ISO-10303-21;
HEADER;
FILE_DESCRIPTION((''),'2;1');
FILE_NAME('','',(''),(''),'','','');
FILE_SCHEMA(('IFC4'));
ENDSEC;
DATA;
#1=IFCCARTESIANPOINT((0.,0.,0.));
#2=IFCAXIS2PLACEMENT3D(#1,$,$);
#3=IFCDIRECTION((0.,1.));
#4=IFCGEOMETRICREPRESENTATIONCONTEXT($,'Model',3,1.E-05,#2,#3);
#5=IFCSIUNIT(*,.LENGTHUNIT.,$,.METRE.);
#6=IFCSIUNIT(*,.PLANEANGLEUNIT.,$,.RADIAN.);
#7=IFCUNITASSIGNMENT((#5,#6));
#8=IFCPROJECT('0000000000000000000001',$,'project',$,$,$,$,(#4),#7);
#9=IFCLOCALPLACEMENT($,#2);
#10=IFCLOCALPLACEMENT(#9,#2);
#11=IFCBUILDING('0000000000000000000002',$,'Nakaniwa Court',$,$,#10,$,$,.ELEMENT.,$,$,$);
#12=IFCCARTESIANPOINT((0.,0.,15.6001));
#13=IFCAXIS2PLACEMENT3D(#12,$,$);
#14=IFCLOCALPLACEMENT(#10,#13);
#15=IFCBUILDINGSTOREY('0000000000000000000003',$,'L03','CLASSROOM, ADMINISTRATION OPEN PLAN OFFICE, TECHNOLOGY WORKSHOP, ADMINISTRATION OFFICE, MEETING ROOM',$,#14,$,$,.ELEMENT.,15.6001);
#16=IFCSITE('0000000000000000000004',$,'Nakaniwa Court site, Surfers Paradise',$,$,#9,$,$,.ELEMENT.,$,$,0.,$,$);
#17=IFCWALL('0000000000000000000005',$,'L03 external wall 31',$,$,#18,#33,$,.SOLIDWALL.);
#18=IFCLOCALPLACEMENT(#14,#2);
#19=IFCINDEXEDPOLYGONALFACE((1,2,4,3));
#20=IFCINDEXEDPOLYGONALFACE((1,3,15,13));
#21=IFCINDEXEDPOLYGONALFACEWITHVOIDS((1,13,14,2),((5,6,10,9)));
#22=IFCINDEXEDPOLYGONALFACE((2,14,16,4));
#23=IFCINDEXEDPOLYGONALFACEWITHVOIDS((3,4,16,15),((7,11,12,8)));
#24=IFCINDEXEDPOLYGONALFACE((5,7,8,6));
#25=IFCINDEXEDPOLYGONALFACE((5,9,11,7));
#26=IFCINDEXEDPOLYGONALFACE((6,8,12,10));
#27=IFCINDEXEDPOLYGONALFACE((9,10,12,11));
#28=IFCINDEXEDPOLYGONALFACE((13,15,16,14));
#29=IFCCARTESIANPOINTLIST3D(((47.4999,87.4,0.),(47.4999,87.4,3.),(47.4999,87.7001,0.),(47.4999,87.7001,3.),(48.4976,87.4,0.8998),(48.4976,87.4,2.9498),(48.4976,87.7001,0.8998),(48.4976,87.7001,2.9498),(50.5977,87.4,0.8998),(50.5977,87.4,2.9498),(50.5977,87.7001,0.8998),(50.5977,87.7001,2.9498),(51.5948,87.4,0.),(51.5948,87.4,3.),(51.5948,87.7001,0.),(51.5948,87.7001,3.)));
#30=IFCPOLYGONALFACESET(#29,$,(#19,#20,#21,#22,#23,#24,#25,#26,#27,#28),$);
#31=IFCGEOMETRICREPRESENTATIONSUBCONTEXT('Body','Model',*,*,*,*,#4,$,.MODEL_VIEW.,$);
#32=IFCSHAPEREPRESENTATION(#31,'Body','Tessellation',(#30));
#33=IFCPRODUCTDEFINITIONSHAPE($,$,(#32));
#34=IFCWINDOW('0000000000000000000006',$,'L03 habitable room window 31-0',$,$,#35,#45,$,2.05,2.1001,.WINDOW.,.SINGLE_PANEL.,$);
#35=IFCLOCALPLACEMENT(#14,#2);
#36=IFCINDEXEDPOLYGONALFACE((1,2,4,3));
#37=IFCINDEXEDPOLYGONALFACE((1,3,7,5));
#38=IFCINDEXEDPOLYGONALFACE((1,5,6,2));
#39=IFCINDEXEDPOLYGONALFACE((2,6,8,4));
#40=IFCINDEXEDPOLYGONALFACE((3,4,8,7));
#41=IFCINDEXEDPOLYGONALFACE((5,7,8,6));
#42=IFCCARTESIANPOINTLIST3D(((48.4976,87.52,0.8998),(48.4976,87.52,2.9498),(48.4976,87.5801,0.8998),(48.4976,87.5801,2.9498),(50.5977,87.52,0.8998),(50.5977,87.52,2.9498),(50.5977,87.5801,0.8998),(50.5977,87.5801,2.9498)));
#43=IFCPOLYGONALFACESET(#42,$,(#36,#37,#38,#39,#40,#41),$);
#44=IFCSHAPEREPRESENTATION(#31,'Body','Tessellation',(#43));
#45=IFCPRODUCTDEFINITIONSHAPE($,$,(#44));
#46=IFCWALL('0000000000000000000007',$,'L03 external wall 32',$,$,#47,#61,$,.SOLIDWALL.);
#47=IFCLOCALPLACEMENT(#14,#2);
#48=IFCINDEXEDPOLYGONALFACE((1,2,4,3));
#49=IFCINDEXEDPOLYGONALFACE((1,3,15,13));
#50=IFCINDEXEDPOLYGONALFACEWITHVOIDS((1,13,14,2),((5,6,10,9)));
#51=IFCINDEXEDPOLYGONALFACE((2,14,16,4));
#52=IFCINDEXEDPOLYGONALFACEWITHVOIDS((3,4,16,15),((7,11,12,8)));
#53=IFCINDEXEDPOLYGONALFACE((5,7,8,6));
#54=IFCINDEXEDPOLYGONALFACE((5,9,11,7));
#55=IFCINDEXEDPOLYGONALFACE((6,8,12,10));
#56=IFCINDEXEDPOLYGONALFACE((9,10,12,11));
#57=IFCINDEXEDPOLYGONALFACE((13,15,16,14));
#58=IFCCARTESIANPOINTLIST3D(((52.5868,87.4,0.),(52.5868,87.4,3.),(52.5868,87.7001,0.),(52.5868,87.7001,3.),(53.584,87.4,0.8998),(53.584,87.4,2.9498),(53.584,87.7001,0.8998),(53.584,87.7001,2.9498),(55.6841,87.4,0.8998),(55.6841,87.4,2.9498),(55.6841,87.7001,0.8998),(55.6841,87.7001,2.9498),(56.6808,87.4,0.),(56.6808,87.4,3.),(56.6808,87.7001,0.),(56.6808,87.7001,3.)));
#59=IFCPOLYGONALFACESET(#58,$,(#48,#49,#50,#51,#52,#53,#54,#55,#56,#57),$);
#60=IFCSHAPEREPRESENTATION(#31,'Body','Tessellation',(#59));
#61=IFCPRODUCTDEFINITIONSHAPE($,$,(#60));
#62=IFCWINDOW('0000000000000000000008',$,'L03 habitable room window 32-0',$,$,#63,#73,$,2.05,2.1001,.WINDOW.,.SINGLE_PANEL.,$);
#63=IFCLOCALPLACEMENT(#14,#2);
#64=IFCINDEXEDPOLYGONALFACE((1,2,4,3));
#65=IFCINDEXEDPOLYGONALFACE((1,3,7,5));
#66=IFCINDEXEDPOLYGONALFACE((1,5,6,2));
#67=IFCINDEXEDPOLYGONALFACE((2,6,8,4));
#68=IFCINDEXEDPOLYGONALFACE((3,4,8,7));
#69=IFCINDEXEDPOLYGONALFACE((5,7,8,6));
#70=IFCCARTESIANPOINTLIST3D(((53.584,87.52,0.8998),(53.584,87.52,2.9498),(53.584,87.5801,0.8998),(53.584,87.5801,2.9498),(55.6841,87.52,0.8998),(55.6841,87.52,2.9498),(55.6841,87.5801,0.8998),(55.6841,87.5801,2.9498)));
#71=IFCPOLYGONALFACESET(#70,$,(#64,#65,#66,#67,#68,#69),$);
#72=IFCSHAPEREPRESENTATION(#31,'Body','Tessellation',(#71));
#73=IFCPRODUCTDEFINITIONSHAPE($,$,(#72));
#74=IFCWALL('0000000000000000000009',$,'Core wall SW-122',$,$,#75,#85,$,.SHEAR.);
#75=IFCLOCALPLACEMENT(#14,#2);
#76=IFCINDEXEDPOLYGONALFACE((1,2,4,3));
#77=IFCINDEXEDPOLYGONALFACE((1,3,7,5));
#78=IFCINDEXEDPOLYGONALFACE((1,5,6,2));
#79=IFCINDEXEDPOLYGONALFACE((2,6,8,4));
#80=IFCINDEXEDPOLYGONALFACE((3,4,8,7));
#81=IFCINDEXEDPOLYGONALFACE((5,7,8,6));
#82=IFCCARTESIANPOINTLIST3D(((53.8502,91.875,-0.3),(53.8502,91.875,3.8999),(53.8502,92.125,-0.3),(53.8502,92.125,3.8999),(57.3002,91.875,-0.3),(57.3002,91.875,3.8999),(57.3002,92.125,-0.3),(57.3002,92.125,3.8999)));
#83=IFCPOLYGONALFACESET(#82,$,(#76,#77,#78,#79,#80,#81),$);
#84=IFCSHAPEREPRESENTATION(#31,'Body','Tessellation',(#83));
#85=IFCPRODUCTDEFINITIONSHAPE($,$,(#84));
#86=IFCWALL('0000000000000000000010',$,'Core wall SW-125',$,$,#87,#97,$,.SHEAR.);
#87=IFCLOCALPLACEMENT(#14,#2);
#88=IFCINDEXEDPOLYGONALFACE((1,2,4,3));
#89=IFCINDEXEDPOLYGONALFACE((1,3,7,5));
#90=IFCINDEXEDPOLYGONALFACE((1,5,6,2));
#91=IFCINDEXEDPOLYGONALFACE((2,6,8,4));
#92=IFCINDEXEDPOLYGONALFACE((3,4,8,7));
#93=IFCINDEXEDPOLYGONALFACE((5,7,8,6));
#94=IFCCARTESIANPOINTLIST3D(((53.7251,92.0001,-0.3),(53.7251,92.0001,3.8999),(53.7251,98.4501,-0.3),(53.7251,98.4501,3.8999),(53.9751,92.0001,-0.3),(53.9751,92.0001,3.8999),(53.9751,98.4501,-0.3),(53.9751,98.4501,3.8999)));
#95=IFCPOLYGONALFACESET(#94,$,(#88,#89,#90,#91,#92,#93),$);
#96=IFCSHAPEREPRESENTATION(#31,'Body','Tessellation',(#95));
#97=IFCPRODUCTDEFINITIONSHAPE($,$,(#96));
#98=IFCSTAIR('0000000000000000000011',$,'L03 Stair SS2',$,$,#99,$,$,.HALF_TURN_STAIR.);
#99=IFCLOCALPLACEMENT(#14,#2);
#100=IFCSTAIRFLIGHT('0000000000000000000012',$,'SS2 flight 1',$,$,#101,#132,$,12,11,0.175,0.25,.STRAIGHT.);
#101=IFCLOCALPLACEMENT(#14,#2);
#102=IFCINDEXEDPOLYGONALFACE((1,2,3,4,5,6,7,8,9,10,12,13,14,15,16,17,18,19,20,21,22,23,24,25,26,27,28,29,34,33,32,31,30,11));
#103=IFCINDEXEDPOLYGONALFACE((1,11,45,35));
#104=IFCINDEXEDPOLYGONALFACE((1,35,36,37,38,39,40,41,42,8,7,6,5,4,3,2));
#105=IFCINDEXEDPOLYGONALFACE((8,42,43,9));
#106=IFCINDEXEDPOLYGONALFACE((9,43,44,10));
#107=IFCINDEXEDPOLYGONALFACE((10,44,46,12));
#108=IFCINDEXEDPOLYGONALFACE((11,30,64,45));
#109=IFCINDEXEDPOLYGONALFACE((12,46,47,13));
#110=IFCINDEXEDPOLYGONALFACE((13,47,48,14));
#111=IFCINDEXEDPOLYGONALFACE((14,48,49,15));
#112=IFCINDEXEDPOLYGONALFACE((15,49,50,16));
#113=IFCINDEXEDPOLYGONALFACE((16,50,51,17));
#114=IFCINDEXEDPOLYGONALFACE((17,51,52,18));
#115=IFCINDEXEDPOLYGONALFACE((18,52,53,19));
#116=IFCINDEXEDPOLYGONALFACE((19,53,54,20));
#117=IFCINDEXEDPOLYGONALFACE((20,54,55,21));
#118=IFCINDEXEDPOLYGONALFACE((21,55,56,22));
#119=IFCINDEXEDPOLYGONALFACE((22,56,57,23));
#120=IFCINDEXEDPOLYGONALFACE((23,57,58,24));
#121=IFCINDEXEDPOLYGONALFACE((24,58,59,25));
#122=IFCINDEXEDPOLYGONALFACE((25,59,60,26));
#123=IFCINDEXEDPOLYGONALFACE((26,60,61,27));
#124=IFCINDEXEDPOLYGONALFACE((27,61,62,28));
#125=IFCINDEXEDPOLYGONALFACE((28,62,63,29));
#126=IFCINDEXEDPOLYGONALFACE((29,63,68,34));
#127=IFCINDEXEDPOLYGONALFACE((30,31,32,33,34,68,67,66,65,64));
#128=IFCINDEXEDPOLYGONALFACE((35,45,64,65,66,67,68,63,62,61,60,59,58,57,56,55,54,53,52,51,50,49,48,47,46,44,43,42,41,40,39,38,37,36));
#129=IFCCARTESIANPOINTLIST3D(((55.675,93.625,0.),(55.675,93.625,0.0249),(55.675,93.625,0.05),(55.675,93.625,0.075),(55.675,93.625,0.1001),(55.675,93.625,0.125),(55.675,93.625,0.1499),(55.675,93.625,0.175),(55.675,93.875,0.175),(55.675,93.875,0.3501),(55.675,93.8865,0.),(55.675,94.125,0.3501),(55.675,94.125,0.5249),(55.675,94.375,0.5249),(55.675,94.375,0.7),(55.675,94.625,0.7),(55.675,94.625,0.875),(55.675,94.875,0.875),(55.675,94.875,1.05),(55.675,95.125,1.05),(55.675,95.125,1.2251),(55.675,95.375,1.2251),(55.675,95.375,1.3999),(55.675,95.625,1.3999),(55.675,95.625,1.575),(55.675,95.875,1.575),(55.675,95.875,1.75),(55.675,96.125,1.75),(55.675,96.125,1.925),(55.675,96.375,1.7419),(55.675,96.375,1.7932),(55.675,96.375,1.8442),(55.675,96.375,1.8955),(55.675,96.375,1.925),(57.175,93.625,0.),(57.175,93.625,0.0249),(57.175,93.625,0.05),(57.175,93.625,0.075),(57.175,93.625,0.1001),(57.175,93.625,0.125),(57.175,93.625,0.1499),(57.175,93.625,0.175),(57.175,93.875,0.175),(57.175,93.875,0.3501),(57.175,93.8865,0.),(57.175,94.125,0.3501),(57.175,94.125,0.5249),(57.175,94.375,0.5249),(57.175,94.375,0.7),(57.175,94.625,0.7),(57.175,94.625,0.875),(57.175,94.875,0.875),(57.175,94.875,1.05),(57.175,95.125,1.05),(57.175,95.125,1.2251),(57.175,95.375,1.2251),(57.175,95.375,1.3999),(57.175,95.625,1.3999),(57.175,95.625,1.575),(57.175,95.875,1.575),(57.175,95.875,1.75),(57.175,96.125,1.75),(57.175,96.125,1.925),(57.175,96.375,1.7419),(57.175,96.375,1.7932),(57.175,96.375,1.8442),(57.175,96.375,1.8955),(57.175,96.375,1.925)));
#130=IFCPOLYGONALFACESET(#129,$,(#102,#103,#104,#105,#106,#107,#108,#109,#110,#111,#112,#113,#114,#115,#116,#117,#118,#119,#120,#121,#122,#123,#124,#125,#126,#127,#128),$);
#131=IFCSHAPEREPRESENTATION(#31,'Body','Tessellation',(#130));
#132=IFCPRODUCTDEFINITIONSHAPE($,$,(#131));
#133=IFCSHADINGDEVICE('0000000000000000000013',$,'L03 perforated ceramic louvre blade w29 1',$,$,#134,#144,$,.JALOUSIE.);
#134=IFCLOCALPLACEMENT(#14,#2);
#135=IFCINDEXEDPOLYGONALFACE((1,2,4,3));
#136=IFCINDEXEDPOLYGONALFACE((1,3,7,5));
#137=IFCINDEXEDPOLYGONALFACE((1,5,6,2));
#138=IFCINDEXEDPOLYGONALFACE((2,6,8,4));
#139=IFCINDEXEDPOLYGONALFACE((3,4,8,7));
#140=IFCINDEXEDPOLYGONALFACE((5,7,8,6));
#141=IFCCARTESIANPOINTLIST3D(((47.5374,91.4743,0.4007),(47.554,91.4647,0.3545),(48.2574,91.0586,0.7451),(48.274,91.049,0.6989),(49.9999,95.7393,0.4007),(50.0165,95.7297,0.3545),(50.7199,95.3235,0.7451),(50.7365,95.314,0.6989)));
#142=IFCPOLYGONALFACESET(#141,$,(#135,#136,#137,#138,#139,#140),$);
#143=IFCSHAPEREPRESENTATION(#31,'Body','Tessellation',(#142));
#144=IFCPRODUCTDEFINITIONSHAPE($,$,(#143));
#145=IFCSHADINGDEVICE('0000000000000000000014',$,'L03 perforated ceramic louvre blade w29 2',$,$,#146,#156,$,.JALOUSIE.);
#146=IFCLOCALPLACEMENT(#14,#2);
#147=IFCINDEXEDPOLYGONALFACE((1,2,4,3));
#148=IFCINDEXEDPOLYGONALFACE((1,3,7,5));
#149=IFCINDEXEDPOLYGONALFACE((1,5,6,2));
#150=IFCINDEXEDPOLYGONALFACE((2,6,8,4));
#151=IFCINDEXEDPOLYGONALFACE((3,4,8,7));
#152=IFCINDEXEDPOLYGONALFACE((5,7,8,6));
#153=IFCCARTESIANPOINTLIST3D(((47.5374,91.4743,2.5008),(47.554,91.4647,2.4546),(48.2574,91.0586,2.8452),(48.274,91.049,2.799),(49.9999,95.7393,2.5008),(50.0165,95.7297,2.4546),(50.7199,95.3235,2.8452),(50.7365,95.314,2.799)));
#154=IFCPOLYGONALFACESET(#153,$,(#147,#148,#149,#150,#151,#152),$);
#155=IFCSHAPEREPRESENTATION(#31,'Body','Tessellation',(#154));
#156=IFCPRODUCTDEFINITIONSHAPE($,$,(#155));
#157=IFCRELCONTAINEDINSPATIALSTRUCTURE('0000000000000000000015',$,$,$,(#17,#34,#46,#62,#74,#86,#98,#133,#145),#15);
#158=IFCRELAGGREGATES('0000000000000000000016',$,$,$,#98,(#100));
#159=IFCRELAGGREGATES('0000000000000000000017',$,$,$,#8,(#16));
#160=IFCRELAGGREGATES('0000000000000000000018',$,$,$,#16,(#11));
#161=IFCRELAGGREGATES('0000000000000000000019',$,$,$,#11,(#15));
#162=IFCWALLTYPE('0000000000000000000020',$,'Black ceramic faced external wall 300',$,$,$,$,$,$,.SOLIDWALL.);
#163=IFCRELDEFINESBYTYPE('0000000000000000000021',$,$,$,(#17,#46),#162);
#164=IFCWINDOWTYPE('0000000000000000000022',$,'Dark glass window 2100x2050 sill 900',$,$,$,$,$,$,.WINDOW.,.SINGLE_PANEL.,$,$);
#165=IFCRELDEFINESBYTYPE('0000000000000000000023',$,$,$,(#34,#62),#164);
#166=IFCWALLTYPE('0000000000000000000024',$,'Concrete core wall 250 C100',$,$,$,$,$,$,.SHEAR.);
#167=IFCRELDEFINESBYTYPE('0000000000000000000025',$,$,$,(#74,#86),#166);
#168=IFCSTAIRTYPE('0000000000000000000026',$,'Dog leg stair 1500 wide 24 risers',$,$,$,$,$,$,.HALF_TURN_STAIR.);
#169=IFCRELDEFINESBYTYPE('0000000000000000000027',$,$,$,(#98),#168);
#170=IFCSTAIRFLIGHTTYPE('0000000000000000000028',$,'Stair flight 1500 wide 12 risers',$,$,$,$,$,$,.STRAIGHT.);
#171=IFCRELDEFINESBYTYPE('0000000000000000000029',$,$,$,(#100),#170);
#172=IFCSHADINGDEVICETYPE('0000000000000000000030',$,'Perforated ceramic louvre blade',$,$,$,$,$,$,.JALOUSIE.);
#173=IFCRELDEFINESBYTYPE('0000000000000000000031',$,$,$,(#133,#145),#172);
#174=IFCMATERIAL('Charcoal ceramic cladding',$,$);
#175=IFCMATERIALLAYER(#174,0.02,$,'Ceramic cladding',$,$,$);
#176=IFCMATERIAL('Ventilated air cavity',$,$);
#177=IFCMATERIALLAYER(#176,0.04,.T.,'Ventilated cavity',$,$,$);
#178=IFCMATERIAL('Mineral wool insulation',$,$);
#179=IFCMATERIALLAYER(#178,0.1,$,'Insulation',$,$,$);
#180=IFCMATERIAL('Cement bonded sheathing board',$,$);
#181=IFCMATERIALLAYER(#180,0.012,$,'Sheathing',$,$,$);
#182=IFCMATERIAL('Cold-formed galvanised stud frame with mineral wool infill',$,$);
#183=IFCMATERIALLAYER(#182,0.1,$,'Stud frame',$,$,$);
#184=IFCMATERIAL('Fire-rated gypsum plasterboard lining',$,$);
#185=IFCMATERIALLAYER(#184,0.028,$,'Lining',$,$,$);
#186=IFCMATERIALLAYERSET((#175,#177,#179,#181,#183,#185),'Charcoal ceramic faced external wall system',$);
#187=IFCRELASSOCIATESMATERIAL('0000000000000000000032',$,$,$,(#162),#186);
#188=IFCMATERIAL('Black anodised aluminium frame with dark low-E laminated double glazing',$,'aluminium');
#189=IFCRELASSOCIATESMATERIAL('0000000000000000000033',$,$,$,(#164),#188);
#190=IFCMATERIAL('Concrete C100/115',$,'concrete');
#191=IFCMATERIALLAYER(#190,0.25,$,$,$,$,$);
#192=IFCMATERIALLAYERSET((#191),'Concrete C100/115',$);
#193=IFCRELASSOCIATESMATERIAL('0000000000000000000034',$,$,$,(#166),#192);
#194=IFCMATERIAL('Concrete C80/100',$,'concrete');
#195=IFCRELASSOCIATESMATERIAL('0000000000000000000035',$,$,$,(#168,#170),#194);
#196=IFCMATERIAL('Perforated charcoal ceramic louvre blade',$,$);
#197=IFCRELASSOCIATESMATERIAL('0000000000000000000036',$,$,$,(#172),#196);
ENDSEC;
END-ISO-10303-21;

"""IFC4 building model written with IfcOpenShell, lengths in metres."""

from ifc_helpers import new_model, si_unit, direction, frame, frame_2d, origin, origin_2d, place, context, subcontext, project, spatial, polyline, rectangle, outline, extrude, material, layer, layer_set, material_profile, profile_set, type_object, element, fill, aggregate, save


model = new_model("IFC4")

# Units and contexts
model_context = context("Model", 3, precision=1e-05, world=origin(), true_north=direction((0.0, 1.0)))
body_context = subcontext(model_context, "Body", "Model", "MODEL_VIEW")
ifc_project = project(units=[si_unit("LENGTHUNIT", "METRE"), si_unit("PLANEANGLEUNIT", "RADIAN")], contexts=[model_context])

# Site, building, storey
site_placement = place(None, origin())
site = spatial("IfcSite", under=ifc_project, at=site_placement, Name="Nakaniwa Court site, Surfers Paradise", CompositionType="ELEMENT", RefElevation=0.0)
building_placement = place(site_placement, origin())
building = spatial("IfcBuilding", under=site, at=building_placement, Name="Nakaniwa Court", CompositionType="ELEMENT")
storey_placement = place(building_placement, frame((0.0, 0.0, 15.6001)))
storey = spatial("IfcBuildingStorey", under=building, at=storey_placement, Name="L03", Description="CLASSROOM, ADMINISTRATION OPEN PLAN OFFICE, TECHNOLOGY WORKSHOP, ADMINISTRATION OFFICE, MEETING ROOM", CompositionType="ELEMENT", Elevation=15.6001)

# Shared definitions
ifc_material_1 = material(Name="Concrete C100/115", Category="concrete")

# Walls, openings, windows
ifc_material_2 = material(Name="Charcoal ceramic cladding")
ifc_layer_1 = layer(ifc_material_2, 0.02, Name="Ceramic cladding")
ifc_material_3 = material(Name="Ventilated air cavity")
ifc_layer_2 = layer(ifc_material_3, 0.04, ventilated=True, Name="Ventilated cavity")
ifc_material_4 = material(Name="Mineral wool insulation")
ifc_layer_3 = layer(ifc_material_4, 0.1, Name="Insulation")
ifc_material_5 = material(Name="Cement bonded sheathing board")
ifc_layer_4 = layer(ifc_material_5, 0.012, Name="Sheathing")
ifc_material_6 = material(Name="Cold-formed galvanised stud frame with mineral wool infill")
ifc_layer_5 = layer(ifc_material_6, 0.1, Name="Stud frame")
ifc_material_7 = material(Name="Fire-rated gypsum plasterboard lining")
ifc_layer_6 = layer(ifc_material_7, 0.028, Name="Lining")
ifc_layer_set_1 = layer_set([ifc_layer_1, ifc_layer_2, ifc_layer_3, ifc_layer_4, ifc_layer_5, ifc_layer_6], Name="Charcoal ceramic faced external wall system")
wall_type_1 = type_object("IfcWallType", Name="Black ceramic faced external wall 300", PredefinedType="SOLIDWALL", material=ifc_layer_set_1)
ifc_material_8 = material(Name="Black anodised aluminium frame with dark low-E laminated double glazing", Category="aluminium")
window_type_1 = type_object("IfcWindowType", Name="Dark glass window 2100x2050 sill 900", PartitioningType="SINGLE_PANEL", PredefinedType="WINDOW", material=ifc_material_8)
wall_1_placement = place(storey_placement, frame((47.5, 87.55, 0.0), z_axis=(0.0, 0.0, 1.0), x_axis=(1.0, 0.0, 0.0)))
wall_1 = element("IfcWall", 1, at=wall_1_placement, inside=storey, type_object=wall_type_1, Name="L03 external wall 31", PredefinedType="SOLIDWALL", context=body_context, shape_type="SweptSolid", body=[
    extrude(rectangle(XDim=4.095, YDim=0.3, at=frame_2d((2.0474, 0.0))), origin(), (0.0, 0.0, 1.0), 3.0),
])
opening_1_placement = place(wall_1_placement, frame((0.9976, 0.0, 0.8999)))
opening_1 = element("IfcOpeningElement", 2, at=opening_1_placement, cuts=wall_1, PredefinedType="OPENING", context=body_context, shape_type="SweptSolid", body=[
    extrude(rectangle(XDim=2.1001, YDim=2.05, at=frame_2d((1.05, 1.0249))), frame((0.0, 0.1599, 0.0), z_axis=(0.0, -1.0, 0.0), x_axis=(1.0, 0.0, 0.0)), (0.0, 0.0, 1.0), 0.3201),
])
window_1_placement = place(opening_1_placement, origin())
window_1 = element("IfcWindow", 3, at=window_1_placement, inside=storey, type_object=window_type_1, Name="L03 habitable room window 31-0", OverallHeight=2.05, OverallWidth=2.1001, PartitioningType="SINGLE_PANEL", PredefinedType="WINDOW", context=body_context, shape_type="SweptSolid", body=[
    extrude(rectangle(XDim=2.1001, YDim=2.05, at=frame_2d((1.05, 1.0249))), frame((0.0, 0.03, 0.0), z_axis=(0.0, -1.0, 0.0), x_axis=(1.0, 0.0, 0.0)), (0.0, 0.0, 1.0), 0.0601),
])
fill(opening_1, window_1)
wall_2_placement = place(storey_placement, frame((52.5869, 87.55, 0.0), z_axis=(0.0, 0.0, 1.0), x_axis=(1.0, 0.0, 0.0)))
wall_2 = element("IfcWall", 4, at=wall_2_placement, inside=storey, type_object=wall_type_1, Name="L03 external wall 32", PredefinedType="SOLIDWALL", context=body_context, shape_type="SweptSolid", body=[
    extrude(rectangle(XDim=4.094, YDim=0.3, at=frame_2d((2.0469, 0.0))), origin(), (0.0, 0.0, 1.0), 3.0),
])
opening_2_placement = place(wall_2_placement, frame((0.9971, 0.0, 0.8999)))
opening_2 = element("IfcOpeningElement", 5, at=opening_2_placement, cuts=wall_2, PredefinedType="OPENING", context=body_context, shape_type="SweptSolid", body=[
    extrude(rectangle(XDim=2.1001, YDim=2.05, at=frame_2d((1.05, 1.0249))), frame((0.0, 0.1599, 0.0), z_axis=(0.0, -1.0, 0.0), x_axis=(1.0, 0.0, 0.0)), (0.0, 0.0, 1.0), 0.3201),
])
window_2_placement = place(opening_2_placement, origin())
window_2 = element("IfcWindow", 6, at=window_2_placement, inside=storey, type_object=window_type_1, Name="L03 habitable room window 32-0", OverallHeight=2.05, OverallWidth=2.1001, PartitioningType="SINGLE_PANEL", PredefinedType="WINDOW", context=body_context, shape_type="SweptSolid", body=[
    extrude(rectangle(XDim=2.1001, YDim=2.05, at=frame_2d((1.05, 1.0249))), frame((0.0, 0.03, 0.0), z_axis=(0.0, -1.0, 0.0), x_axis=(1.0, 0.0, 0.0)), (0.0, 0.0, 1.0), 0.0601),
])
fill(opening_2, window_2)

# Walls
ifc_layer_7 = layer(ifc_material_1, 0.25)
ifc_layer_set_2 = layer_set([ifc_layer_7], Name="Concrete C100/115")
wall_type_2 = type_object("IfcWallType", Name="Concrete core wall 250 C100", PredefinedType="SHEAR", material=ifc_layer_set_2)
wall_3_placement = place(storey_placement, frame((53.8501, 92.0, -0.3), z_axis=(0.0, 0.0, 1.0), x_axis=(1.0, 0.0, 0.0)))
element("IfcWall", 7, at=wall_3_placement, inside=storey, type_object=wall_type_2, Name="Core wall SW-122", PredefinedType="SHEAR", context=body_context, shape_type="SweptSolid", body=[
    extrude(rectangle(XDim=3.45, YDim=0.25, at=frame_2d((1.7251, 0.0))), origin(), (0.0, 0.0, 1.0), 4.2),
])
wall_4_placement = place(storey_placement, frame((53.8501, 92.0, -0.3), z_axis=(0.0, 0.0, 1.0), x_axis=(0.0, 1.0, 0.0)))
element("IfcWall", 8, at=wall_4_placement, inside=storey, type_object=wall_type_2, Name="Core wall SW-125", PredefinedType="SHEAR", context=body_context, shape_type="SweptSolid", body=[
    extrude(rectangle(XDim=6.45, YDim=0.25, at=frame_2d((3.2251, 0.0))), origin(), (0.0, 0.0, 1.0), 4.2),
])

# Stair, stair flight
ifc_material_9 = material(Name="Concrete C80/100", Category="concrete")
stair_type = type_object("IfcStairType", Name="Dog leg stair 1500 wide 24 risers", PredefinedType="HALF_TURN_STAIR", material=ifc_material_9)
stair_placement = place(storey_placement, origin())
stair = element("IfcStair", 9, at=stair_placement, inside=storey, type_object=stair_type, Name="L03 Stair SS2", PredefinedType="HALF_TURN_STAIR")
stair_flight_type = type_object("IfcStairFlightType", Name="Stair flight 1500 wide 12 risers", PredefinedType="STRAIGHT", material=ifc_material_9)
stair_flight_placement = place(storey_placement, frame((56.425, 93.625, 0.0), z_axis=(0.0, 0.0, 1.0), x_axis=(0.0, 1.0, 0.0)))
stair_flight = element("IfcStairFlight", 10, at=stair_flight_placement, type_object=stair_flight_type, Name="SS2 flight 1", NumberOfRisers=12, NumberOfTreads=11, PredefinedType="STRAIGHT", RiserHeight=0.175, TreadLength=0.25, context=body_context, shape_type="SweptSolid", body=[
    extrude(outline(polyline([(0.0, 0.0), (0.0, 0.0249), (0.0, 0.05), (0.0, 0.075), (0.0, 0.1001), (0.0, 0.125), (0.0, 0.1499), (0.0, 0.175), (0.25, 0.175), (0.25, 0.3501), (0.5, 0.3501), (0.5, 0.5249), (0.75, 0.5249), (0.75, 0.7), (1.0, 0.7), (1.0, 0.875), (1.25, 0.875), (1.25, 1.05), (1.5, 1.05), (1.5, 1.2251), (1.75, 1.2251), (1.75, 1.3999), (2.0, 1.3999), (2.0, 1.575), (2.25, 1.575), (2.25, 1.75), (2.5, 1.75), (2.5, 1.925), (2.75, 1.925), (2.75, 2.1001), (2.75, 2.0488), (2.75, 1.9978), (2.75, 1.9465), (2.75, 1.8955), (2.75, 1.8442), (2.75, 1.7932), (2.75, 1.7419), (0.2615, 0.0), (0.0, 0.0)])), frame((0.0, 0.75, 0.0), z_axis=(0.0, -1.0, 0.0), x_axis=(1.0, 0.0, 0.0)), (0.0, 0.0, 1.0), 1.5),
])
aggregate(stair, [stair_flight])

# Shading devices
ifc_material_10 = material(Name="Perforated charcoal ceramic louvre blade")
ifc_material_profile_1 = material_profile(ifc_material_10, rectangle(XDim=0.8999, YDim=0.05, at=origin_2d()), Name="Perforated ceramic louvre blade")
ifc_profile_set_1 = profile_set([ifc_material_profile_1], Name="Perforated charcoal ceramic louvre blade")
shading_device_type = type_object("IfcShadingDeviceType", Name="Perforated ceramic louvre blade", PredefinedType="JALOUSIE", material=ifc_profile_set_1)
for number, where, z_axis, x_axis, name in (
    (11, (50.3682, 95.5266, 0.5498), (-0.50001, -0.86602, 0.0), (0.800098, -0.461949, 0.382683), "L03 perforated ceramic louvre blade w29 1"),
    (12, (50.3682, 95.5266, 2.6499), (-0.50001, -0.86602, 0.0), (0.800098, -0.461949, 0.382683), "L03 perforated ceramic louvre blade w29 2"),
):
    element("IfcShadingDevice", number, at=place(storey_placement, frame(where, z_axis=z_axis, x_axis=x_axis)), inside=storey, type_object=shading_device_type, Name=name, PredefinedType="JALOUSIE", context=body_context, shape_type="SweptSolid", body=[
        extrude(rectangle(XDim=0.8999, YDim=0.05, at=origin_2d()), origin(), (0.0, 0.0, 1.0), 4.9248),
    ])

save(model, "model.ifc")
